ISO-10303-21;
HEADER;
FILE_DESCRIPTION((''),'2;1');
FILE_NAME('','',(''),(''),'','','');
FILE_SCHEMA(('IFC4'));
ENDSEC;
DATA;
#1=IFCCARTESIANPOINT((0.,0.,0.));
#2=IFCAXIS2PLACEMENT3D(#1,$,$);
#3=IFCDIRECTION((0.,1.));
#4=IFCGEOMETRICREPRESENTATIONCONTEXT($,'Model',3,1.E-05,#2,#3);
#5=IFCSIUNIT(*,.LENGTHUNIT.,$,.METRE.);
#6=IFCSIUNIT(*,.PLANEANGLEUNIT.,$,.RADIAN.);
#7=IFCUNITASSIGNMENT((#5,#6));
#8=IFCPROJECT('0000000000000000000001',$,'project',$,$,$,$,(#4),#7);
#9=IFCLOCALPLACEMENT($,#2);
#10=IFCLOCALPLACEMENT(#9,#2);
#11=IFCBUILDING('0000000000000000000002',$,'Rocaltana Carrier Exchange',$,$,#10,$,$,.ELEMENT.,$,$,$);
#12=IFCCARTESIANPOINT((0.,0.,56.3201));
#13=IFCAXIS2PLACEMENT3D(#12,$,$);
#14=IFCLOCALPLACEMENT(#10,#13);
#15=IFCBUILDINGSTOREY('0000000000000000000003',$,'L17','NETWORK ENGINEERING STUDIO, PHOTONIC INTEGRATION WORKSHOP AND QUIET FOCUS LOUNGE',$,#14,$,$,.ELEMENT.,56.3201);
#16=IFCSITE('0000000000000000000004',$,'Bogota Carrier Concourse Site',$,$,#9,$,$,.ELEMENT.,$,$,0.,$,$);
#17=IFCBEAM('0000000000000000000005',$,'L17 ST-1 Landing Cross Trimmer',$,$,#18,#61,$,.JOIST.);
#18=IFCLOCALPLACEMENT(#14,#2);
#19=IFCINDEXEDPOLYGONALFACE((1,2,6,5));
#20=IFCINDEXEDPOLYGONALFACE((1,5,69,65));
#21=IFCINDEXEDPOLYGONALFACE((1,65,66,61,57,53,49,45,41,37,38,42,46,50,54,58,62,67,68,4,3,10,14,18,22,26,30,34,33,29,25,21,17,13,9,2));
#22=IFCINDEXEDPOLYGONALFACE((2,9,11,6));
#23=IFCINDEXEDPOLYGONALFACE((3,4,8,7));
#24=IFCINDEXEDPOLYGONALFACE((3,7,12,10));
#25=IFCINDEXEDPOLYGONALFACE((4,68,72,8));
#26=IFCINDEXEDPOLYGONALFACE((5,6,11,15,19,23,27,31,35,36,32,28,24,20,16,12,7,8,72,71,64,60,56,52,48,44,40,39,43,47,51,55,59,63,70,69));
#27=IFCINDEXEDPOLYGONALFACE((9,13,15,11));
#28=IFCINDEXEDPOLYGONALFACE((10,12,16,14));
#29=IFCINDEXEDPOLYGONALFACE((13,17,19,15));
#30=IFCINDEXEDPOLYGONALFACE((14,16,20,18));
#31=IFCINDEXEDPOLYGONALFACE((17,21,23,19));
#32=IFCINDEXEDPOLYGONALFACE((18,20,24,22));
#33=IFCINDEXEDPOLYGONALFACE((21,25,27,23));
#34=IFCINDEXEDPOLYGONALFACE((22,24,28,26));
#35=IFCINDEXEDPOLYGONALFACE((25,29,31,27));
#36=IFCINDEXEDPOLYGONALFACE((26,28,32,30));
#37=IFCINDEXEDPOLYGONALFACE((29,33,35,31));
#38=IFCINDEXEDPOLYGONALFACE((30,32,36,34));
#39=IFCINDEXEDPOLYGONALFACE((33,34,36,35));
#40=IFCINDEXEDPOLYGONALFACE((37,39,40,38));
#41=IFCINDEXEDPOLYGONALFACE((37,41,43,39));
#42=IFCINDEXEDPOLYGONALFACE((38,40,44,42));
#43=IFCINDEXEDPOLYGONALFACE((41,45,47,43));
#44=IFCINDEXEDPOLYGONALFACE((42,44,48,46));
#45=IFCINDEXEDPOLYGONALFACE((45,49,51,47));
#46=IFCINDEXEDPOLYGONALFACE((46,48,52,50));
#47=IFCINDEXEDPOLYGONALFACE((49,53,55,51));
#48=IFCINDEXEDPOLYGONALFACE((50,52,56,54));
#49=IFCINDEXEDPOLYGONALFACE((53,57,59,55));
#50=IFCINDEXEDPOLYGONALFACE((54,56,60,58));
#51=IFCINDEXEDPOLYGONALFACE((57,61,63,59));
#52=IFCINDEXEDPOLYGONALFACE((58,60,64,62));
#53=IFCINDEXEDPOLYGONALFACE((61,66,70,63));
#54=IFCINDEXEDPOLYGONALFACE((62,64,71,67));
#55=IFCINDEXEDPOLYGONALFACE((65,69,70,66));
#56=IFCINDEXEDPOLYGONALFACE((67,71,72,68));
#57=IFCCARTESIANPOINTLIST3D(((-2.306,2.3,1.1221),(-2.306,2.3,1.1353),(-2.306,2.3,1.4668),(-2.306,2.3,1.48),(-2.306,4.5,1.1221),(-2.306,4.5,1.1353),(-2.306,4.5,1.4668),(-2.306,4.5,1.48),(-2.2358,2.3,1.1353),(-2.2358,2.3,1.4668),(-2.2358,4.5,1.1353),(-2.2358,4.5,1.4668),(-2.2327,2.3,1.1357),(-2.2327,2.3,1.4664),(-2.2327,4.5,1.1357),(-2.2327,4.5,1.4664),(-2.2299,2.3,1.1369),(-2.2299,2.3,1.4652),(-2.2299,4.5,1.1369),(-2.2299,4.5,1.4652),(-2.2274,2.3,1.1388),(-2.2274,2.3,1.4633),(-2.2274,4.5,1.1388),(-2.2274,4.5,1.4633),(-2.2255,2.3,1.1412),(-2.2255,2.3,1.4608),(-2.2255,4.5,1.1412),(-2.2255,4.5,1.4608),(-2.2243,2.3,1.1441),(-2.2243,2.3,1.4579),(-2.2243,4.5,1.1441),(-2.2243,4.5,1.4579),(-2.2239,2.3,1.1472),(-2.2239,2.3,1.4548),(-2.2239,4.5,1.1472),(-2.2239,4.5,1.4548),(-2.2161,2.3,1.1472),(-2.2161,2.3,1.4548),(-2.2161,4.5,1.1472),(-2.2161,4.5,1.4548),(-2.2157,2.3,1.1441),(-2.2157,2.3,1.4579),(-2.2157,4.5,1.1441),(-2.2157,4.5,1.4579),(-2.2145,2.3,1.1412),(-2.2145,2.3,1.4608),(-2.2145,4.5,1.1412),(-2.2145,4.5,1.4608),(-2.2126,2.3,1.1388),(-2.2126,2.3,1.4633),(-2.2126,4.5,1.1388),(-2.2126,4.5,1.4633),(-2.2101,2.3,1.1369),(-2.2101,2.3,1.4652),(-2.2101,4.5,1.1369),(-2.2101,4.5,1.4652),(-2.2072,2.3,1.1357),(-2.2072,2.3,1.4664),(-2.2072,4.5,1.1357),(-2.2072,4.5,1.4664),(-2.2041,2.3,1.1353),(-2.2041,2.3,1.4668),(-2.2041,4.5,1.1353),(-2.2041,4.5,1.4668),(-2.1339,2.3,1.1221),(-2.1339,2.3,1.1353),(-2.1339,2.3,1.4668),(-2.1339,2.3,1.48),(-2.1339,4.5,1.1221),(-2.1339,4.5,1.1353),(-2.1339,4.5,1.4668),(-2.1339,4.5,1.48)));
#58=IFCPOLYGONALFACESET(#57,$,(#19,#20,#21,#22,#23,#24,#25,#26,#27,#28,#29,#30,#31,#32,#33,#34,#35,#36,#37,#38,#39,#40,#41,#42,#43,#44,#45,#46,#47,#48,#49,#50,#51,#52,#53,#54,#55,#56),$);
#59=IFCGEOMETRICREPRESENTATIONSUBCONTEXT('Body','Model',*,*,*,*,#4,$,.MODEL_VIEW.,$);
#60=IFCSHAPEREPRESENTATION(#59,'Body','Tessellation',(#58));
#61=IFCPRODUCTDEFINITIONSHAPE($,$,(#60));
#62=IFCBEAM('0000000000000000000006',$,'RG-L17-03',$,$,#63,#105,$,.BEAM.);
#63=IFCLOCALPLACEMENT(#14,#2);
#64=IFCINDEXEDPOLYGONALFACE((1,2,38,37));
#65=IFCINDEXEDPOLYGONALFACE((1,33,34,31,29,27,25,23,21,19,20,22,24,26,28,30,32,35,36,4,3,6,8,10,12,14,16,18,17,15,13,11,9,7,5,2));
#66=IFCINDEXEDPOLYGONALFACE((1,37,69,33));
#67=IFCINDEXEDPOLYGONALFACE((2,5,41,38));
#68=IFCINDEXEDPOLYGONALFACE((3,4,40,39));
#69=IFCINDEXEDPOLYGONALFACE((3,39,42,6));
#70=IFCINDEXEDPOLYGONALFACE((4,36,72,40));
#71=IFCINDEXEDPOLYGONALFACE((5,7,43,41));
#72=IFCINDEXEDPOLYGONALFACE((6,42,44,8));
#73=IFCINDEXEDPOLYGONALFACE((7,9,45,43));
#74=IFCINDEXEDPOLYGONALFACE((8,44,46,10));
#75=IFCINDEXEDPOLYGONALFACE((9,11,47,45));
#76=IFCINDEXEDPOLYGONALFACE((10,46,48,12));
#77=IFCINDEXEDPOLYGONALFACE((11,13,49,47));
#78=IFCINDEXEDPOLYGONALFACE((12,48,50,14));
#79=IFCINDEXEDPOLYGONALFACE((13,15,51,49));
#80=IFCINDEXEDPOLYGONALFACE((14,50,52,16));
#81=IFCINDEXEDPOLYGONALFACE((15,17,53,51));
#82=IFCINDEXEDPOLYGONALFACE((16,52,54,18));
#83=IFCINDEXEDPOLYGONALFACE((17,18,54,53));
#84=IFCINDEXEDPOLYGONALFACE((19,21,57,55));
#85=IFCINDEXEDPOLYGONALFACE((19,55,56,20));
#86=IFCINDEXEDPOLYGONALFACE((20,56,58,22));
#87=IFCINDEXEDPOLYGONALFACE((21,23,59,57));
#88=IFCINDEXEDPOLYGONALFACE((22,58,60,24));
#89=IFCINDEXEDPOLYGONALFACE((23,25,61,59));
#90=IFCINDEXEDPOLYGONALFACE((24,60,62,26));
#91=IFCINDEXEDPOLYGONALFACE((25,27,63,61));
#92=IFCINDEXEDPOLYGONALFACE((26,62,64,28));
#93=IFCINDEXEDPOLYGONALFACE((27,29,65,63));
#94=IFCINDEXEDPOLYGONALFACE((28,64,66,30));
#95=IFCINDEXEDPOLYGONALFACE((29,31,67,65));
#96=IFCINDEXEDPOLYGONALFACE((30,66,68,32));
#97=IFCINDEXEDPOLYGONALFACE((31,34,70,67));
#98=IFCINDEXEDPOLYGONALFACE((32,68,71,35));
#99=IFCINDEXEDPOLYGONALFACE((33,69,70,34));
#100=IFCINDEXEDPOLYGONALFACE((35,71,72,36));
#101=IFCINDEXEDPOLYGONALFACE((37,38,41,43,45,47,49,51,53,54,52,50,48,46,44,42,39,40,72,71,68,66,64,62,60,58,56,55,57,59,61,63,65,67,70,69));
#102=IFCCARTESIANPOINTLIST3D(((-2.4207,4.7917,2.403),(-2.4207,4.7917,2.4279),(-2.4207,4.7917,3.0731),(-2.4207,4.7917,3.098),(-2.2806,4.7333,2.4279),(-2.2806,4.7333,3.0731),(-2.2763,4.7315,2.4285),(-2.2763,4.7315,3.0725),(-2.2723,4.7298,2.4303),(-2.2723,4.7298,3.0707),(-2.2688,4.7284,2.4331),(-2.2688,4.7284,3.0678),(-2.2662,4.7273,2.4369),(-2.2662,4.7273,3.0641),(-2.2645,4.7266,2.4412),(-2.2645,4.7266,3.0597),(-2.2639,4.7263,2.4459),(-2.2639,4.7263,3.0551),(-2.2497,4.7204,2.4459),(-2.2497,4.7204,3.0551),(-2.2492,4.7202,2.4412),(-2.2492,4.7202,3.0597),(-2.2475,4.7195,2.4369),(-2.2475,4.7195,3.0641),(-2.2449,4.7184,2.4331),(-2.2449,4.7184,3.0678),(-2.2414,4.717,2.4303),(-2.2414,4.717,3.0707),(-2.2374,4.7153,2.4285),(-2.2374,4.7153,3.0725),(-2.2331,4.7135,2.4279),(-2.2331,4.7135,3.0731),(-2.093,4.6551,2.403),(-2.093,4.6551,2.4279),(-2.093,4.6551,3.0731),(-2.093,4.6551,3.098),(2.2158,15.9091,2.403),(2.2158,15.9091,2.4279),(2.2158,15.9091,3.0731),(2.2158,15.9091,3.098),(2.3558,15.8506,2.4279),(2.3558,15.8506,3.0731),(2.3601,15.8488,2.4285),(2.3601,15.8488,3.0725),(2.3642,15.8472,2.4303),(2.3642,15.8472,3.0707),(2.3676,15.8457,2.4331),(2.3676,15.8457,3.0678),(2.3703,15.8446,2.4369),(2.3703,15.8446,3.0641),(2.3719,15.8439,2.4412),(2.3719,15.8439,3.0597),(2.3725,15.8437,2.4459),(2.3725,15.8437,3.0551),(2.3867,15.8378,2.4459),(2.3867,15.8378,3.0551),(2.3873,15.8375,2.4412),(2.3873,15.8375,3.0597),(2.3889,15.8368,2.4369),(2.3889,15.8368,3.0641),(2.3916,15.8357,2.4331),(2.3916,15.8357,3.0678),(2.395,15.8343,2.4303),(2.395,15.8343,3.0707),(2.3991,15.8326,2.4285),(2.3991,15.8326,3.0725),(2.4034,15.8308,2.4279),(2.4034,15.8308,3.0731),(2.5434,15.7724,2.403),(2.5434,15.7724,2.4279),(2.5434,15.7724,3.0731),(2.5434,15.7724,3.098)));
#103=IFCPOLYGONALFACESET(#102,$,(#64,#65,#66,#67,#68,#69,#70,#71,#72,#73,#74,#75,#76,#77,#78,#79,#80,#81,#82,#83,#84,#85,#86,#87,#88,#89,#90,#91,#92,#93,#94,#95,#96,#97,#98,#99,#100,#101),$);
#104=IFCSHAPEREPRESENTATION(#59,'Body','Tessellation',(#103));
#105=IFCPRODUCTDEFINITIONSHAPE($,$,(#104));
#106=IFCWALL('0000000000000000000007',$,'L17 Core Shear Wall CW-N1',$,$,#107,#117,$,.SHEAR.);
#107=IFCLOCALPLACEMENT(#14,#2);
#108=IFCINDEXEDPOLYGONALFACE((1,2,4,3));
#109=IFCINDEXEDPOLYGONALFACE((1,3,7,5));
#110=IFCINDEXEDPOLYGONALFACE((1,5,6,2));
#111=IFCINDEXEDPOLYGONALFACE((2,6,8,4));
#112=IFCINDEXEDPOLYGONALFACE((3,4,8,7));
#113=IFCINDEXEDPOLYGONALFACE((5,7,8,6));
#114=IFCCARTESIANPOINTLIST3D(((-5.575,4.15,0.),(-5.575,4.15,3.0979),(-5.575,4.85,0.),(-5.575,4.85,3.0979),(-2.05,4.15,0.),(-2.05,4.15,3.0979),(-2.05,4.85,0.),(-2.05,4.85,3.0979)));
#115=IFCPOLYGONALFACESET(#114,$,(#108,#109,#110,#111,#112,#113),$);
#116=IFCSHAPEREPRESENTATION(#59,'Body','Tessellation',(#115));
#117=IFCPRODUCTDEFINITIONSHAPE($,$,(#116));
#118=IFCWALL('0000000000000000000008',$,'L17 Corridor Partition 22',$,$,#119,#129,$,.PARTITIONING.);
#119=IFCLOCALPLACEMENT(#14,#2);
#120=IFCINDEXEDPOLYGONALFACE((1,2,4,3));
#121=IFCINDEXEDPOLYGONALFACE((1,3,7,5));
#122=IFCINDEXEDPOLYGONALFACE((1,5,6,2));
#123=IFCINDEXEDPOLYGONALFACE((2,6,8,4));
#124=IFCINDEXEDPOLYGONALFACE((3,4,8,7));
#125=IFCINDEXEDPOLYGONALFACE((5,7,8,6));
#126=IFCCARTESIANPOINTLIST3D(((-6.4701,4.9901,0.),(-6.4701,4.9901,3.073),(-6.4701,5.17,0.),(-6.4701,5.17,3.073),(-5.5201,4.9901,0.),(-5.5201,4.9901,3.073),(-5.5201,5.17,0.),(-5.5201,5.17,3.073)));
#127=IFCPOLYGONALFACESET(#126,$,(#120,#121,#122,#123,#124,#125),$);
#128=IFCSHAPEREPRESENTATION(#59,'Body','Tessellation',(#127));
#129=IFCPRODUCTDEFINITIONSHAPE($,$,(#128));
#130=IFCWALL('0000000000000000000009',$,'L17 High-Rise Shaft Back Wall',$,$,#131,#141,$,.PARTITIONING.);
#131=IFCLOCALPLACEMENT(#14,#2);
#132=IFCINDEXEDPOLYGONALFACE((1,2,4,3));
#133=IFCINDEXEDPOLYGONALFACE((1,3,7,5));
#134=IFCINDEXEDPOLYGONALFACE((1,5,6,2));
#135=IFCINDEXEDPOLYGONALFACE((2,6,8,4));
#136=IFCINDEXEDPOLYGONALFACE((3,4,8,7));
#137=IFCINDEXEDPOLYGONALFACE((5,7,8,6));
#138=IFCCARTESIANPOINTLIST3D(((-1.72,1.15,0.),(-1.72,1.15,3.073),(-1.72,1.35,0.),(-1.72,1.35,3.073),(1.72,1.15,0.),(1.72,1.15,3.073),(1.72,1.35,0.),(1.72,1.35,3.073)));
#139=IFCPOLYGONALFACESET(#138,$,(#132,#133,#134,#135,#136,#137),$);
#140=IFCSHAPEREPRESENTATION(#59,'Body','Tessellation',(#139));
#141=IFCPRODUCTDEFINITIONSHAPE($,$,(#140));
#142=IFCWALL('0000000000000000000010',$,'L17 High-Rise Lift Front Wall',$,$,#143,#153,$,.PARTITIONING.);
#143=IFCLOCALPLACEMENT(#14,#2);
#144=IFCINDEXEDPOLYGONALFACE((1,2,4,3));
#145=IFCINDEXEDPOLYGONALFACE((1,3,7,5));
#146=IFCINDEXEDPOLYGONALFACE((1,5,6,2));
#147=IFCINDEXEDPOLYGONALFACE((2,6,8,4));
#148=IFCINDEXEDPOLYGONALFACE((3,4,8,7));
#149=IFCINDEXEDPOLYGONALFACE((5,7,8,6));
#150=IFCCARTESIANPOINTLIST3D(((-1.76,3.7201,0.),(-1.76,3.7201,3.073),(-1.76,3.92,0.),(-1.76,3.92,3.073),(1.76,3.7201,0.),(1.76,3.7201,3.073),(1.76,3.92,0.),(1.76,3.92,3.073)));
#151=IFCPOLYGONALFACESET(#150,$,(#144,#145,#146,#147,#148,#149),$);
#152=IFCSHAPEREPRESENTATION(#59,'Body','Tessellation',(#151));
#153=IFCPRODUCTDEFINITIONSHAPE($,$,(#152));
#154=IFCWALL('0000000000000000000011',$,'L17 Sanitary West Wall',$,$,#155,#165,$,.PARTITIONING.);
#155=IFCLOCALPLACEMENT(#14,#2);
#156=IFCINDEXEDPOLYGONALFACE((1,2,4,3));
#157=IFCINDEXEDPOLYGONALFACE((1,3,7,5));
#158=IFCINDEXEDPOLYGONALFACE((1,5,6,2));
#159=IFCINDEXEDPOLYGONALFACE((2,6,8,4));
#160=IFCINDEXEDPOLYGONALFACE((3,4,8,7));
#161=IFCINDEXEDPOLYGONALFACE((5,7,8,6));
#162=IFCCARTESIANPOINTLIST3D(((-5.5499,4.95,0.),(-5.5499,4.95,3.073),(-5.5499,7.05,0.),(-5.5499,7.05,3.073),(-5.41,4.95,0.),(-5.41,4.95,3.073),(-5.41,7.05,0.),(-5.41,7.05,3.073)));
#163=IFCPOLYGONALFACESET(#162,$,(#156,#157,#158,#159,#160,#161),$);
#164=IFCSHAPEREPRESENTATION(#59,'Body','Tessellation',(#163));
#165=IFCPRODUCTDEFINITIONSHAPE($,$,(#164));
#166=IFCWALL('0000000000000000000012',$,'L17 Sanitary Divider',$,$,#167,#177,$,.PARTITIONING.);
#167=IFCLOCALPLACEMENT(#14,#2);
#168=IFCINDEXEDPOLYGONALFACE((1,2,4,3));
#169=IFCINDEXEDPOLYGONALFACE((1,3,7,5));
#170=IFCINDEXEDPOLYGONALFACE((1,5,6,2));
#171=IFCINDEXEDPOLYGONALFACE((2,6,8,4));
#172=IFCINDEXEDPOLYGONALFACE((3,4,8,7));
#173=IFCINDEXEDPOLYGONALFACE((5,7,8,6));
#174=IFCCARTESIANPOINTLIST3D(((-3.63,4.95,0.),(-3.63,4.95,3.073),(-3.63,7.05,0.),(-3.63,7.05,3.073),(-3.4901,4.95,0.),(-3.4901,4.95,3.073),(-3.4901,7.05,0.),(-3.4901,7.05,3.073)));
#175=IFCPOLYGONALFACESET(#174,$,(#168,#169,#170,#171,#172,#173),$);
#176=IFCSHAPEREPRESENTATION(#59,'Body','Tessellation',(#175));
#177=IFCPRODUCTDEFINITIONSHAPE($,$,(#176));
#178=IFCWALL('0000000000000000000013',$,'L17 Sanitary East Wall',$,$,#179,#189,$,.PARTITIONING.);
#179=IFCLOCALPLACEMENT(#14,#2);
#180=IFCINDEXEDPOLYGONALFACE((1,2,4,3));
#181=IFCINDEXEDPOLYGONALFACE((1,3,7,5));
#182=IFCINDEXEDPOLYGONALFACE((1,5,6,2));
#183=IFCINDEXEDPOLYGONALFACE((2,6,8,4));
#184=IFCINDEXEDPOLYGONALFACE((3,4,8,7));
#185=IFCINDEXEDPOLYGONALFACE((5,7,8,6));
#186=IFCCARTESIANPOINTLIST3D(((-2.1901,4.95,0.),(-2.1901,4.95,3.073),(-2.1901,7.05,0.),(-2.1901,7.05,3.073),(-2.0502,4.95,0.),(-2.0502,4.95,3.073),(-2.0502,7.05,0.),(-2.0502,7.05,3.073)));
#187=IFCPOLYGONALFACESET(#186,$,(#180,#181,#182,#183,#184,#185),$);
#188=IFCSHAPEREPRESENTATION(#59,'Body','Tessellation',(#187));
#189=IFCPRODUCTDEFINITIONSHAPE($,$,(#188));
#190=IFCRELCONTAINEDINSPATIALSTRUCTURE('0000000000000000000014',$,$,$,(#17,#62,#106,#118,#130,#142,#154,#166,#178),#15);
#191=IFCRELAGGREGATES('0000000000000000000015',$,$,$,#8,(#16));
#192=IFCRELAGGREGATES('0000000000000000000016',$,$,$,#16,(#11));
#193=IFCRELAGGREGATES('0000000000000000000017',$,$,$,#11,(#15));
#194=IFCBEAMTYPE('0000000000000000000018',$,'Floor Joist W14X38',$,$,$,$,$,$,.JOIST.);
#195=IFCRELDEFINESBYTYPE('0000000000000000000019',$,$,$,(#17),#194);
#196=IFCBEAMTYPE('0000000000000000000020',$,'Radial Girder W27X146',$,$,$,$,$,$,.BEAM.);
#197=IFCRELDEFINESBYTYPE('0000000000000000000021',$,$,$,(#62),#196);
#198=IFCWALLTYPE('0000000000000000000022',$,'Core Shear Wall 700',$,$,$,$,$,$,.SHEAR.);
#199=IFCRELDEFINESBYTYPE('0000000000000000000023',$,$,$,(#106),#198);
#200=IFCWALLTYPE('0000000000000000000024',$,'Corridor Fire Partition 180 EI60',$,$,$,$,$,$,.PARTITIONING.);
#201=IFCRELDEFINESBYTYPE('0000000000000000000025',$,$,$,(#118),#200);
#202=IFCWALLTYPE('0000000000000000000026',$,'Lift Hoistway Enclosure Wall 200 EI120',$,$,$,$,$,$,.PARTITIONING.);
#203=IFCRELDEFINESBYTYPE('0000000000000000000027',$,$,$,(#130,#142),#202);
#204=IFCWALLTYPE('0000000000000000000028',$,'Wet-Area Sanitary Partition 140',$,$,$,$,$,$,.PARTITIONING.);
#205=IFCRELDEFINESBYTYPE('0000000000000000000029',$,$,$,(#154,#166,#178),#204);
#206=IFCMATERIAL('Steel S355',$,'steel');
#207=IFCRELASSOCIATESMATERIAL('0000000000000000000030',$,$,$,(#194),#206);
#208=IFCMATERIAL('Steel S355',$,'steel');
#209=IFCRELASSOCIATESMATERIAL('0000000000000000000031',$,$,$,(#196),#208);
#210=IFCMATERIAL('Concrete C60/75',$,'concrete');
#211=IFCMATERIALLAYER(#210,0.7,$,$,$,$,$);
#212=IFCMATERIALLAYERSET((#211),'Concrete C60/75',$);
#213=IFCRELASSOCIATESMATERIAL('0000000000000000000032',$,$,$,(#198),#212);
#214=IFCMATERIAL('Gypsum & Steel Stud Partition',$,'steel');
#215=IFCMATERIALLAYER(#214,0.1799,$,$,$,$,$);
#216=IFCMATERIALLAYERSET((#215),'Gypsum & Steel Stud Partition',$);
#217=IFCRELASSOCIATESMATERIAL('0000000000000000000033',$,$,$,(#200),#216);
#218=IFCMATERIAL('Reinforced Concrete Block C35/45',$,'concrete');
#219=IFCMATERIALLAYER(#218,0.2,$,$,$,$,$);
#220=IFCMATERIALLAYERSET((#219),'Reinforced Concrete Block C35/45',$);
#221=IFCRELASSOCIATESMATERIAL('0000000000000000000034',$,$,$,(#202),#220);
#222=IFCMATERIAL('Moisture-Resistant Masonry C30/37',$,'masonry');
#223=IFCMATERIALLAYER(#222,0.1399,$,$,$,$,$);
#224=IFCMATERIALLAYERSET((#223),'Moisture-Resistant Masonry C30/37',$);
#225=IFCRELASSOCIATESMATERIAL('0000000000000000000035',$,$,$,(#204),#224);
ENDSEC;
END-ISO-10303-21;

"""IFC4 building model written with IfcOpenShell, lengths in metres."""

from ifc_helpers import new_model, si_unit, direction, frame, frame_2d, origin, origin_2d, place, context, subcontext, project, spatial, rectangle, i_section, extrude, material, layer, layer_set, material_profile, profile_set, type_object, element, save


model = new_model("IFC4")

# Units and contexts
model_context = context("Model", 3, precision=1e-05, world=origin(), true_north=direction((0.0, 1.0)))
body_context = subcontext(model_context, "Body", "Model", "MODEL_VIEW")
ifc_project = project(units=[si_unit("LENGTHUNIT", "METRE"), si_unit("PLANEANGLEUNIT", "RADIAN")], contexts=[model_context])

# Site, building, storey
site_placement = place(None, origin())
site = spatial("IfcSite", under=ifc_project, at=site_placement, Name="Bogota Carrier Concourse Site", CompositionType="ELEMENT", RefElevation=0.0)
building_placement = place(site_placement, origin())
building = spatial("IfcBuilding", under=site, at=building_placement, Name="Rocaltana Carrier Exchange", CompositionType="ELEMENT")
storey_placement = place(building_placement, frame((0.0, 0.0, 56.3201)))
storey = spatial("IfcBuildingStorey", under=building, at=storey_placement, Name="L17", Description="NETWORK ENGINEERING STUDIO, PHOTONIC INTEGRATION WORKSHOP AND QUIET FOCUS LOUNGE", CompositionType="ELEMENT", Elevation=56.3201)

# Beams
ifc_material_1 = material(Name="Steel S355", Category="steel")
ifc_material_profile_1 = material_profile(ifc_material_1, i_section(OverallWidth=0.1721, OverallDepth=0.3579, WebThickness=0.0078, FlangeThickness=0.0132, FilletRadius=0.012, at=origin_2d()), Name="W14X38")
ifc_profile_set_1 = profile_set([ifc_material_profile_1], Name="Steel S355")
beam_type_1 = type_object("IfcBeamType", Name="Floor Joist W14X38", PredefinedType="JOIST", material=ifc_profile_set_1)
beam_1_placement = place(storey_placement, frame((-2.22, 2.3, 1.301), z_axis=(0.0, 1.0, 0.0), x_axis=(-1.0, 0.0, 0.0)))
element("IfcBeam", 1, at=beam_1_placement, inside=storey, type_object=beam_type_1, Name="L17 ST-1 Landing Cross Trimmer", PredefinedType="JOIST", context=body_context, shape_type="SweptSolid", body=[
    extrude(i_section(OverallWidth=0.1721, OverallDepth=0.3579, WebThickness=0.0078, FlangeThickness=0.0132, FilletRadius=0.012, at=origin_2d()), origin(), (0.0, 0.0, 1.0), 2.2),
])
ifc_material_2 = material(Name="Steel S355", Category="steel")
ifc_material_profile_2 = material_profile(ifc_material_2, i_section(OverallWidth=0.355, OverallDepth=0.6951, WebThickness=0.0154, FlangeThickness=0.0249, FilletRadius=0.0181, at=origin_2d()), Name="W27X146")
ifc_profile_set_2 = profile_set([ifc_material_profile_2], Name="Steel S355")
beam_type_2 = type_object("IfcBeamType", Name="Radial Girder W27X146", PredefinedType="BEAM", material=ifc_profile_set_2)
beam_2_placement = place(storey_placement, frame((-2.2568, 4.7234, 2.7505), z_axis=(0.384913, 0.922953, 0.0), x_axis=(-0.922953, 0.384913, 0.0)))
element("IfcBeam", 2, at=beam_2_placement, inside=storey, type_object=beam_type_2, Name="RG-L17-03", PredefinedType="BEAM", context=body_context, shape_type="SweptSolid", body=[
    extrude(i_section(OverallWidth=0.355, OverallDepth=0.6951, WebThickness=0.0154, FlangeThickness=0.0249, FilletRadius=0.0181, at=origin_2d()), origin(), (0.0, 0.0, 1.0), 12.0454),
])

# Walls
ifc_material_3 = material(Name="Concrete C60/75", Category="concrete")
ifc_layer_1 = layer(ifc_material_3, 0.7)
ifc_layer_set_1 = layer_set([ifc_layer_1], Name="Concrete C60/75")
wall_type_1 = type_object("IfcWallType", Name="Core Shear Wall 700", PredefinedType="SHEAR", material=ifc_layer_set_1)
wall_1_placement = place(storey_placement, frame((-5.575, 4.5, 0.0), z_axis=(0.0, 0.0, 1.0), x_axis=(1.0, 0.0, 0.0)))
element("IfcWall", 3, at=wall_1_placement, inside=storey, type_object=wall_type_1, Name="L17 Core Shear Wall CW-N1", PredefinedType="SHEAR", context=body_context, shape_type="SweptSolid", body=[
    extrude(rectangle(XDim=3.5249, YDim=0.7, at=frame_2d((1.7625, 0.0))), origin(), (0.0, 0.0, 1.0), 3.0979),
])
ifc_material_4 = material(Name="Gypsum & Steel Stud Partition", Category="steel")
ifc_layer_2 = layer(ifc_material_4, 0.1799)
ifc_layer_set_2 = layer_set([ifc_layer_2], Name="Gypsum & Steel Stud Partition")
wall_type_2 = type_object("IfcWallType", Name="Corridor Fire Partition 180 EI60", PredefinedType="PARTITIONING", material=ifc_layer_set_2)
wall_2_placement = place(storey_placement, frame((-5.52, 5.0801, 0.0), z_axis=(0.0, 0.0, 1.0), x_axis=(-1.0, 0.0, 0.0)))
element("IfcWall", 4, at=wall_2_placement, inside=storey, type_object=wall_type_2, Name="L17 Corridor Partition 22", PredefinedType="PARTITIONING", context=body_context, shape_type="SweptSolid", body=[
    extrude(rectangle(XDim=0.95, YDim=0.1799, at=frame_2d((0.4751, 0.0))), origin(), (0.0, 0.0, 1.0), 3.073),
])
ifc_material_5 = material(Name="Reinforced Concrete Block C35/45", Category="concrete")
ifc_layer_3 = layer(ifc_material_5, 0.2)
ifc_layer_set_3 = layer_set([ifc_layer_3], Name="Reinforced Concrete Block C35/45")
wall_type_3 = type_object("IfcWallType", Name="Lift Hoistway Enclosure Wall 200 EI120", PredefinedType="PARTITIONING", material=ifc_layer_set_3)
wall_3_placement = place(storey_placement, frame((-1.72, 1.25, 0.0), z_axis=(0.0, 0.0, 1.0), x_axis=(1.0, 0.0, 0.0)))
element("IfcWall", 5, at=wall_3_placement, inside=storey, type_object=wall_type_3, Name="L17 High-Rise Shaft Back Wall", PredefinedType="PARTITIONING", context=body_context, shape_type="SweptSolid", body=[
    extrude(rectangle(XDim=3.4399, YDim=0.2, at=frame_2d((1.72, 0.0))), origin(), (0.0, 0.0, 1.0), 3.073),
])
wall_4_placement = place(storey_placement, frame((-1.76, 3.8201, 0.0), z_axis=(0.0, 0.0, 1.0), x_axis=(1.0, 0.0, 0.0)))
element("IfcWall", 6, at=wall_4_placement, inside=storey, type_object=wall_type_3, Name="L17 High-Rise Lift Front Wall", PredefinedType="PARTITIONING", context=body_context, shape_type="SweptSolid", body=[
    extrude(rectangle(XDim=3.52, YDim=0.2, at=frame_2d((1.76, 0.0))), origin(), (0.0, 0.0, 1.0), 3.073),
])
ifc_material_6 = material(Name="Moisture-Resistant Masonry C30/37", Category="masonry")
ifc_layer_4 = layer(ifc_material_6, 0.1399)
ifc_layer_set_4 = layer_set([ifc_layer_4], Name="Moisture-Resistant Masonry C30/37")
wall_type_4 = type_object("IfcWallType", Name="Wet-Area Sanitary Partition 140", PredefinedType="PARTITIONING", material=ifc_layer_set_4)
for number, where, z_axis, x_axis, name in (
    (7, (-5.48, 4.95, 0.0), (0.0, 0.0, 1.0), (0.0, 1.0, 0.0), "L17 Sanitary West Wall"),
    (8, (-3.5601, 4.95, 0.0), (0.0, 0.0, 1.0), (0.0, 1.0, 0.0), "L17 Sanitary Divider"),
    (9, (-2.1201, 4.95, 0.0), (0.0, 0.0, 1.0), (0.0, 1.0, 0.0), "L17 Sanitary East Wall"),
):
    element("IfcWall", number, at=place(storey_placement, frame(where, z_axis=z_axis, x_axis=x_axis)), inside=storey, type_object=wall_type_4, Name=name, PredefinedType="PARTITIONING", context=body_context, shape_type="SweptSolid", body=[
        extrude(rectangle(XDim=2.1001, YDim=0.1399, at=frame_2d((1.05, 0.0))), origin(), (0.0, 0.0, 1.0), 3.073),
    ])

save(model, "model.ifc")
